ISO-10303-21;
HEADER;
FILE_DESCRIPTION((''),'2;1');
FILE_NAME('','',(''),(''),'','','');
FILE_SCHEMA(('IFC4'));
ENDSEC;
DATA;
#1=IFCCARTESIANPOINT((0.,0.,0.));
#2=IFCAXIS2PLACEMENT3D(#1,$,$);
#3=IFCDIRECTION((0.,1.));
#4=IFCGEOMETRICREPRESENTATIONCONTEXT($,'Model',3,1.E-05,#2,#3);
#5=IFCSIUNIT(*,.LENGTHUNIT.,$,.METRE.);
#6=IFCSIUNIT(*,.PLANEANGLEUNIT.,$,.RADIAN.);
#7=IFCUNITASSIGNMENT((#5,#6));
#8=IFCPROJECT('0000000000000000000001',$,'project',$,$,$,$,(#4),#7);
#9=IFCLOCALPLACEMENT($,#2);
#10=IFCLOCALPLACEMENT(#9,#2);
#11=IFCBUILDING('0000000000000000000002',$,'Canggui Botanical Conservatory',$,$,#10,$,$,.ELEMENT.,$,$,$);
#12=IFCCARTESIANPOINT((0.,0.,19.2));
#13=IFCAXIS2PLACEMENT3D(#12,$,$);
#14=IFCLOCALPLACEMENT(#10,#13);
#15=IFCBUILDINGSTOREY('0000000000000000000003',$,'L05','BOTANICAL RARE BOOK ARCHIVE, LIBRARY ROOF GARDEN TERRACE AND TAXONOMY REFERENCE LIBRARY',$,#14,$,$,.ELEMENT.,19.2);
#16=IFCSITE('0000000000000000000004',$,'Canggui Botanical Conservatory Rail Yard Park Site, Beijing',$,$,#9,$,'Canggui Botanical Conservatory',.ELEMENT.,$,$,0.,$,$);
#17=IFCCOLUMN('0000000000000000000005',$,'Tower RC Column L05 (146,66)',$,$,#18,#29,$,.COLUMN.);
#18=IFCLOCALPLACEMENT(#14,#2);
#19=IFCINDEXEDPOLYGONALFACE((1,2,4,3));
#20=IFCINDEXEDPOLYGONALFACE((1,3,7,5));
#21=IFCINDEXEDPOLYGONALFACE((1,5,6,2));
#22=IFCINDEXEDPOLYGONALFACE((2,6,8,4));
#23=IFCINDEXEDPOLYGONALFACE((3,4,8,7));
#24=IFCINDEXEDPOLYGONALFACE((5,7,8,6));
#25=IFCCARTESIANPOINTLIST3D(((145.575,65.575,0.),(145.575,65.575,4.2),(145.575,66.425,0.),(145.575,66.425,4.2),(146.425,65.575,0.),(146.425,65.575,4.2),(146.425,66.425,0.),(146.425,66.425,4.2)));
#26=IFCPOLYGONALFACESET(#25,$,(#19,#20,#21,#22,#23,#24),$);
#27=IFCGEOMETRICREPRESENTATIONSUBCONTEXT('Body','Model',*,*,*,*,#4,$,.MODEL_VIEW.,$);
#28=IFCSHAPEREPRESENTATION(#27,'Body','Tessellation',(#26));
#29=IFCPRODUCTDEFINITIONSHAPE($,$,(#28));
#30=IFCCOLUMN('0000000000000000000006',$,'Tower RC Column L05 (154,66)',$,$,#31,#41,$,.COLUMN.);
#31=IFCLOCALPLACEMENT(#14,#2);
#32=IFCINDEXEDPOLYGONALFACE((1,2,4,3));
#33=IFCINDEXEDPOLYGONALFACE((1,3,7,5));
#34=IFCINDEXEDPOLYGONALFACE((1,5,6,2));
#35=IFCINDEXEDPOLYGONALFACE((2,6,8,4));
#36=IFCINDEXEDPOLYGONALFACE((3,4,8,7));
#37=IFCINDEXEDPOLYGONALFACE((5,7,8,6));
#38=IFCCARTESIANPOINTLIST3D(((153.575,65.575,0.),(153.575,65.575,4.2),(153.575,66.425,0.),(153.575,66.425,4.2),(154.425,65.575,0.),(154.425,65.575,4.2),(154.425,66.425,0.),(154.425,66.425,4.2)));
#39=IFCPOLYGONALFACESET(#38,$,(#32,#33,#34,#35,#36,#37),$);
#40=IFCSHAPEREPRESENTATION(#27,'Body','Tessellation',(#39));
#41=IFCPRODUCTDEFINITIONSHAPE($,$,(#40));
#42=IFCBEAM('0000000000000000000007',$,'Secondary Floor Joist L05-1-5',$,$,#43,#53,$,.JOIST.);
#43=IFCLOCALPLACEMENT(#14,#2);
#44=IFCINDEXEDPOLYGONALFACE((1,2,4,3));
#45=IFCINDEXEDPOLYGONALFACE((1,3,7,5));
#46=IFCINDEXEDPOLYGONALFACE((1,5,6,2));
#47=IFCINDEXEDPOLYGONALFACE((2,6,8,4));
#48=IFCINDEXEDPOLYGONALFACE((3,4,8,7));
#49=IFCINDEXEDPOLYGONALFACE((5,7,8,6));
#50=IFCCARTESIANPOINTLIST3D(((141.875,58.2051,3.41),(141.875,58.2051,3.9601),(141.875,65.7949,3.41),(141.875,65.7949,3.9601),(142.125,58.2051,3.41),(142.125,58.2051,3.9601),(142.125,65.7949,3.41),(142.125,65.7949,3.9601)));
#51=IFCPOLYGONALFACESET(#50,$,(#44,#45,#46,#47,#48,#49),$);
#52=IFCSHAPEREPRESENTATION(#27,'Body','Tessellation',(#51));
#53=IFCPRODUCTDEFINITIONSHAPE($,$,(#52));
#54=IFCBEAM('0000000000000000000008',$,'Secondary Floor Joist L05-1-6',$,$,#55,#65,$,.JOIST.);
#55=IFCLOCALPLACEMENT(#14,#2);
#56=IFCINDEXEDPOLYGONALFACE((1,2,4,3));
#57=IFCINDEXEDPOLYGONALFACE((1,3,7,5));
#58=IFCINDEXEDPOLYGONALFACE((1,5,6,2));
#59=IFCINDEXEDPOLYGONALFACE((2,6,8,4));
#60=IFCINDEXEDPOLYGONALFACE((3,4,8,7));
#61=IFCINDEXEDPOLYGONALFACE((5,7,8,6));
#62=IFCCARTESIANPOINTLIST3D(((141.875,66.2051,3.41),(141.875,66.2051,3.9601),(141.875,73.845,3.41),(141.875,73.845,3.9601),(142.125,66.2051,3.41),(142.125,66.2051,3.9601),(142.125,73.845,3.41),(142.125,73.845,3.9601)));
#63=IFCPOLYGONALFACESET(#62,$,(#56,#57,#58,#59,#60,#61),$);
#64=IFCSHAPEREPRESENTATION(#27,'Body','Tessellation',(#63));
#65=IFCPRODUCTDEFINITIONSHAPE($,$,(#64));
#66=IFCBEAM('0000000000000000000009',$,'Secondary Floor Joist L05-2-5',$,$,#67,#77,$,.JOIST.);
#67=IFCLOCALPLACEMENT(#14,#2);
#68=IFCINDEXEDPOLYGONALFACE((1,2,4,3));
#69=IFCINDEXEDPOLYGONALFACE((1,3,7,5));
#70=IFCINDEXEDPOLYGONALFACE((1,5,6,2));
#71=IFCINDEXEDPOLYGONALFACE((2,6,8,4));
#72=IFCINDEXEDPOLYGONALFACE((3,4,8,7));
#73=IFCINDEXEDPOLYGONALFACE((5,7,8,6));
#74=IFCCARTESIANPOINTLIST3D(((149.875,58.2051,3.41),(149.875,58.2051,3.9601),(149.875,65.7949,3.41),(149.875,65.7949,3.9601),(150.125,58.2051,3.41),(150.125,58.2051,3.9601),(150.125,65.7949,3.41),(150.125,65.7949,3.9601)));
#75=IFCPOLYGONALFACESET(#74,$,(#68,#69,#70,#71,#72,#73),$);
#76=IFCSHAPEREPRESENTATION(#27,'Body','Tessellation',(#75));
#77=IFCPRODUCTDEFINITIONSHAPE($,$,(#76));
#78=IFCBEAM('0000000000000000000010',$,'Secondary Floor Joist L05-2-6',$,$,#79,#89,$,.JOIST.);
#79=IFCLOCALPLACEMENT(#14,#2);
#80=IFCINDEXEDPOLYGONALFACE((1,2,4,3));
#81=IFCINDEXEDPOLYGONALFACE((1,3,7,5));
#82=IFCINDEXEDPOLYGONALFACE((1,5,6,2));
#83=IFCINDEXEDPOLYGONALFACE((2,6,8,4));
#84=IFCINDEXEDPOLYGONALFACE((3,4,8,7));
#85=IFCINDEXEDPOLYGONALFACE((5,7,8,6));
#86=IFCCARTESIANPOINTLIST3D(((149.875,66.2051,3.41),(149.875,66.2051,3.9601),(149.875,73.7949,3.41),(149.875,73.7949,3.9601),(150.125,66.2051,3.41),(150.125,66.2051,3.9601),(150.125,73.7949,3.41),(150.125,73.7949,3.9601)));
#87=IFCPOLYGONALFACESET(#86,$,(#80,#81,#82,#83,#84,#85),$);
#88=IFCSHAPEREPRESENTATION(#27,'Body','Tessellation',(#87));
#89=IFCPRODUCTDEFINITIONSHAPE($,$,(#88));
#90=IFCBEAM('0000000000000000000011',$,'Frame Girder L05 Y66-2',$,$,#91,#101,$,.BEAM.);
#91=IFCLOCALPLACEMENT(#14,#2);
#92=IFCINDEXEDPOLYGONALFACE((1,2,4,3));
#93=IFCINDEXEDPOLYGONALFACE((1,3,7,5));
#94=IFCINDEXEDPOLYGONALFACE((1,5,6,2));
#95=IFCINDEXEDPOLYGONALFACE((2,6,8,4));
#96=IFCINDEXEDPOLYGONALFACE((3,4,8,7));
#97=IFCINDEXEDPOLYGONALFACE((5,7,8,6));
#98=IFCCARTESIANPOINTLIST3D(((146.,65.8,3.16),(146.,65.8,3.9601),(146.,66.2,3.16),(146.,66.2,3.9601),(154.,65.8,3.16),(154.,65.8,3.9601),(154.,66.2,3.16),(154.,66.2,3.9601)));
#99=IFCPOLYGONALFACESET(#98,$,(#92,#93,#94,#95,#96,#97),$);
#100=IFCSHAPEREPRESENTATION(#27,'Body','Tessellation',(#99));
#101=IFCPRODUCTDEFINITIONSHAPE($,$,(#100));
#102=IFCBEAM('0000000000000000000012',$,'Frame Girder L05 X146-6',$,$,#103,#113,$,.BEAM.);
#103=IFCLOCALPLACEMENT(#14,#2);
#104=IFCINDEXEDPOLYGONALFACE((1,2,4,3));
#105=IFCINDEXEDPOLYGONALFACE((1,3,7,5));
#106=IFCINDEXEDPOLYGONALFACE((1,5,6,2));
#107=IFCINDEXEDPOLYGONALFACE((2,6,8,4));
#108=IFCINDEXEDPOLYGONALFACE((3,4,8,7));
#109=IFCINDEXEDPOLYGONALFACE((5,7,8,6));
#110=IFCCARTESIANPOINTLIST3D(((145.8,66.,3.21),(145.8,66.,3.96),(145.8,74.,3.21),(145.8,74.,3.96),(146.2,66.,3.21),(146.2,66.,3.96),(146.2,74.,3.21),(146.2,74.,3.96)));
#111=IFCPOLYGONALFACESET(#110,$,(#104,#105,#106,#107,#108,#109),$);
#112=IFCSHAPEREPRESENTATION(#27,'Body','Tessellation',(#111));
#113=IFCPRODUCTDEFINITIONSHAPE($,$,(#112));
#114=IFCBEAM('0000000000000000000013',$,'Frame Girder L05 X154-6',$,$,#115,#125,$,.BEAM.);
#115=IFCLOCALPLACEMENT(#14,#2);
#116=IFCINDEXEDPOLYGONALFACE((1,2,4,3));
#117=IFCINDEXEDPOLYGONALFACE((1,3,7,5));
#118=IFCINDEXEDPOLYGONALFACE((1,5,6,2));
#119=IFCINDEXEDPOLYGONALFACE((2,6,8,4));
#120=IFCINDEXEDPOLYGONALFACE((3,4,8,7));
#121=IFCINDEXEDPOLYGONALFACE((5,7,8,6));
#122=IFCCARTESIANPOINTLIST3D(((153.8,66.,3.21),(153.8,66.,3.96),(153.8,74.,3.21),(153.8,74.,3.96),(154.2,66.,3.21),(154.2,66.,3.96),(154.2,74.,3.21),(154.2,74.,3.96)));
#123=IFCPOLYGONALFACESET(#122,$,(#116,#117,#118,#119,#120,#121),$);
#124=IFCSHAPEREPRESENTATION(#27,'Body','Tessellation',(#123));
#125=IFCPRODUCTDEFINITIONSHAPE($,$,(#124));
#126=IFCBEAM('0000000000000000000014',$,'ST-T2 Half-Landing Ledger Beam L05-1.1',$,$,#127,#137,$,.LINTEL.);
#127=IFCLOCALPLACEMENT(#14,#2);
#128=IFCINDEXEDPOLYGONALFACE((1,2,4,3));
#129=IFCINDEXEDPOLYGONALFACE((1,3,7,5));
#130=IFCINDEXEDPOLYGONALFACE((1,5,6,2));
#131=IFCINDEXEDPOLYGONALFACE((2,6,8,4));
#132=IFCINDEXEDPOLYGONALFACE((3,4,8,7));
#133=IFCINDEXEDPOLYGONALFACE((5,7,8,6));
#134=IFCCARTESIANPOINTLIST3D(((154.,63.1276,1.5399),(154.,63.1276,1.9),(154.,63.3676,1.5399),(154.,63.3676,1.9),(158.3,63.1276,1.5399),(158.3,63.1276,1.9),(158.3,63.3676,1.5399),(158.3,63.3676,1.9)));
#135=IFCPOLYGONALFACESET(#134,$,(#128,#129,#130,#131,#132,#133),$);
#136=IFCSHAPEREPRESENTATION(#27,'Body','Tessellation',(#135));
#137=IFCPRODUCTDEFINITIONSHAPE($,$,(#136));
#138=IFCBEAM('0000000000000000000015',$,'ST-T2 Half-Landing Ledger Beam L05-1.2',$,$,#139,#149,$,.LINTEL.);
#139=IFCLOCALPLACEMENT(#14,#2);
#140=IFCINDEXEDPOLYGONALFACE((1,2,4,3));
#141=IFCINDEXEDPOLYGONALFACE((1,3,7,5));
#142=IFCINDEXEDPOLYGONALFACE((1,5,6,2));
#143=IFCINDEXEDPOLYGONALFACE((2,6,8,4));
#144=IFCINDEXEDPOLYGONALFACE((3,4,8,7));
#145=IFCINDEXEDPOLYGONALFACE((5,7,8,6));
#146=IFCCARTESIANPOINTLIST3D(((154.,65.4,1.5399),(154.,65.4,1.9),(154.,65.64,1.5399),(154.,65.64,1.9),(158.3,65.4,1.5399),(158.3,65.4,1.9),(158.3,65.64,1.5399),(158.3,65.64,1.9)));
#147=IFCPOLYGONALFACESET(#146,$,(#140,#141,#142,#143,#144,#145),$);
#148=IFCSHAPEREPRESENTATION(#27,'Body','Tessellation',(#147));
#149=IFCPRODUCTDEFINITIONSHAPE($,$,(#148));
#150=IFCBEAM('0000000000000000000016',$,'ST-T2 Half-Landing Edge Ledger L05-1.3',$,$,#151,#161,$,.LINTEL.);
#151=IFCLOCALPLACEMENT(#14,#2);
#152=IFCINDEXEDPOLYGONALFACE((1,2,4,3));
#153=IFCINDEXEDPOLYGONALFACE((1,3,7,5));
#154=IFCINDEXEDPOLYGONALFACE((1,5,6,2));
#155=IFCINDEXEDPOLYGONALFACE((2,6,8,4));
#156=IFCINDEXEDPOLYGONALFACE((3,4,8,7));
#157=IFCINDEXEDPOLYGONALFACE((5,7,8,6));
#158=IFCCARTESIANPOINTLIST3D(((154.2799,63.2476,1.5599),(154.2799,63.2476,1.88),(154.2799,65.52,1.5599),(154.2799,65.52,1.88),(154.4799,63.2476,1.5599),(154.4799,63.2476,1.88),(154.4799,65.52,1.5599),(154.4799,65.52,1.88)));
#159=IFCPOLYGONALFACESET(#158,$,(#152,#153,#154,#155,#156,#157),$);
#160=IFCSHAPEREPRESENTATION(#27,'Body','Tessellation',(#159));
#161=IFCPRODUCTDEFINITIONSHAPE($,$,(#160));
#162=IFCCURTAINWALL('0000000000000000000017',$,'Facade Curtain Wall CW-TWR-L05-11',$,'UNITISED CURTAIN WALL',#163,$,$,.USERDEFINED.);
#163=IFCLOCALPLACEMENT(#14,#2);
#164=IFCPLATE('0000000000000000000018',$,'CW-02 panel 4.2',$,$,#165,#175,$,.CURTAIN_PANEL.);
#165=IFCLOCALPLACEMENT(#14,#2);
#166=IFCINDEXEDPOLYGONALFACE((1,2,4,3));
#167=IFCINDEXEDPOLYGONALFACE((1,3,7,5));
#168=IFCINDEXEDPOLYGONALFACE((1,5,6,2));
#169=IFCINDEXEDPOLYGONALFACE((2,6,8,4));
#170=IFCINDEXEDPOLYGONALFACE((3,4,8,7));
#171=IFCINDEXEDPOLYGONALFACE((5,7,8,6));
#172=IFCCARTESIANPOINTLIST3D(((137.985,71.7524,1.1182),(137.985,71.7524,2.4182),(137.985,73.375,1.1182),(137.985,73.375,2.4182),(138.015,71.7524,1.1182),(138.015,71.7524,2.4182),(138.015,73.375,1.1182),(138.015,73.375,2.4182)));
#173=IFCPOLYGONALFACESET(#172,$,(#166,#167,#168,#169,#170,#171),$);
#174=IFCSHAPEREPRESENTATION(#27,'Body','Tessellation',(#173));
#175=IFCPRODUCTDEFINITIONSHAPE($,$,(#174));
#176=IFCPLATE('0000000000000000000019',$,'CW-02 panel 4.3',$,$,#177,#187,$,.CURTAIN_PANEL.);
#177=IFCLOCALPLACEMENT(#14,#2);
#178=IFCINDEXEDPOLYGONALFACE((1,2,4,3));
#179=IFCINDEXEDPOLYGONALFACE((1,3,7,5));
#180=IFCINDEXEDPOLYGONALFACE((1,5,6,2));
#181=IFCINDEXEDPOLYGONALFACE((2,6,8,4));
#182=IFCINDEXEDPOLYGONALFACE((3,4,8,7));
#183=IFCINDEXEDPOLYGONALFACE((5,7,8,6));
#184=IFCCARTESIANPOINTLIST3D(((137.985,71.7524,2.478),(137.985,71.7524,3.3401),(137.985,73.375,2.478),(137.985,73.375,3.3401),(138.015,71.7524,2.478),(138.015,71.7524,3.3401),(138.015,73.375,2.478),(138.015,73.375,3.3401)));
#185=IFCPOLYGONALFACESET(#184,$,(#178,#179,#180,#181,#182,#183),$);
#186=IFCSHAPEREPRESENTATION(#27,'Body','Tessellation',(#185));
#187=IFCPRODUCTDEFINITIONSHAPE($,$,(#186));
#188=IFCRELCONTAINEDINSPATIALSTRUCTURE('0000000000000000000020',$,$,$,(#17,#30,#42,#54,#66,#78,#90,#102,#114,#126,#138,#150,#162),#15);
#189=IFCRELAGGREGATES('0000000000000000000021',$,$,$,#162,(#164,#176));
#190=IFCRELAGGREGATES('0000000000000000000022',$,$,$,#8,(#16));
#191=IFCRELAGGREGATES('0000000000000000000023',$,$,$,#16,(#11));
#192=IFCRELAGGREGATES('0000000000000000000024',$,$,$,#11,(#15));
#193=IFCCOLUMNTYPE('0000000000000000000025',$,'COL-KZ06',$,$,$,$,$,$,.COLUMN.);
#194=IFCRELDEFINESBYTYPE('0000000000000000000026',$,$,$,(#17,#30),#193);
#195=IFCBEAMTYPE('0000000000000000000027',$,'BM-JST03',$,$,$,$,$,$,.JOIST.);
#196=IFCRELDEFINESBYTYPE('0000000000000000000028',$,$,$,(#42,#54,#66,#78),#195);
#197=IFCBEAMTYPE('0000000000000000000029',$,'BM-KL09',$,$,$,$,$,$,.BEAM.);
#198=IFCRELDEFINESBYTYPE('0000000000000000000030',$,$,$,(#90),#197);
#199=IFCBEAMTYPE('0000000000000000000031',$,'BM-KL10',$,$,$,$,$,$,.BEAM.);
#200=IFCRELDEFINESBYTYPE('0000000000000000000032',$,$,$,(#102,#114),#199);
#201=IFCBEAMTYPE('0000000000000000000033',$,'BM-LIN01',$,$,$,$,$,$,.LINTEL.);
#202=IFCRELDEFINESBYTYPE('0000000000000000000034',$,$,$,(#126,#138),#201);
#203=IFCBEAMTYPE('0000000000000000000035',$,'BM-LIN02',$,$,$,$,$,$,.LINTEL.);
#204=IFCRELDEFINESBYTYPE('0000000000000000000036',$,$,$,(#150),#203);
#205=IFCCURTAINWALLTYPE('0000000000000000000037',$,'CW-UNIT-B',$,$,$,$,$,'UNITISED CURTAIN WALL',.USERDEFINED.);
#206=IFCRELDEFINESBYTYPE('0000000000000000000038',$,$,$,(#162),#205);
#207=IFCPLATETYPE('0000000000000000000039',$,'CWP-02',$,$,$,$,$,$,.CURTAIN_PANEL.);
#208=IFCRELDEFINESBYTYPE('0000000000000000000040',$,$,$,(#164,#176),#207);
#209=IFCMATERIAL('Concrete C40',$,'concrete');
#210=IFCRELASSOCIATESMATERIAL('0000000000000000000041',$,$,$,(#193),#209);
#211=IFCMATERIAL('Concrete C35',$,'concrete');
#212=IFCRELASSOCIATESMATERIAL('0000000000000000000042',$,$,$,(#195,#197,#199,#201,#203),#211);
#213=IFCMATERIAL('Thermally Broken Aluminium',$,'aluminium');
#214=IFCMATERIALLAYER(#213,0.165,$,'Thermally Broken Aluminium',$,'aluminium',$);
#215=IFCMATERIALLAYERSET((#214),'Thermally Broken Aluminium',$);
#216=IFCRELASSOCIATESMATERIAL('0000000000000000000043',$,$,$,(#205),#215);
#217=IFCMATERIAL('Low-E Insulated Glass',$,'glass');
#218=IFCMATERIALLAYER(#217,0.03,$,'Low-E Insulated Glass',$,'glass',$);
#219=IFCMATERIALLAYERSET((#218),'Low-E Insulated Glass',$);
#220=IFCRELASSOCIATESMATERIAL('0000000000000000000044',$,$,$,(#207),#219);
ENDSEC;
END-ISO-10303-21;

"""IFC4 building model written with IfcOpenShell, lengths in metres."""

from ifc_helpers import new_model, si_unit, direction, frame, origin, origin_2d, place, context, subcontext, project, spatial, rectangle, extrude, material, layer, layer_set, material_profile, profile_set, type_object, element, aggregate, save


model = new_model("IFC4")

# Units and contexts
model_context = context("Model", 3, precision=1e-05, world=origin(), true_north=direction((0.0, 1.0)))
body_context = subcontext(model_context, "Body", "Model", "MODEL_VIEW")
ifc_project = project(units=[si_unit("LENGTHUNIT", "METRE"), si_unit("PLANEANGLEUNIT", "RADIAN")], contexts=[model_context])

# Site, building, storey
site_placement = place(None, origin())
site = spatial("IfcSite", under=ifc_project, at=site_placement, Name="Canggui Botanical Conservatory Rail Yard Park Site, Beijing", LongName="Canggui Botanical Conservatory", CompositionType="ELEMENT", RefElevation=0.0)
building_placement = place(site_placement, origin())
building = spatial("IfcBuilding", under=site, at=building_placement, Name="Canggui Botanical Conservatory", CompositionType="ELEMENT")
storey_placement = place(building_placement, frame((0.0, 0.0, 19.2)))
storey = spatial("IfcBuildingStorey", under=building, at=storey_placement, Name="L05", Description="BOTANICAL RARE BOOK ARCHIVE, LIBRARY ROOF GARDEN TERRACE AND TAXONOMY REFERENCE LIBRARY", CompositionType="ELEMENT", Elevation=19.2)

# Columns
ifc_material_1 = material(Name="Concrete C40", Category="concrete")
ifc_material_profile_1 = material_profile(ifc_material_1, rectangle(XDim=0.8501, YDim=0.8501, at=origin_2d()), Name="RC 850x850")
ifc_profile_set_1 = profile_set([ifc_material_profile_1], Name="Concrete C40")
column_type = type_object("IfcColumnType", Name="COL-KZ06", PredefinedType="COLUMN", material=ifc_profile_set_1)
for number, where, z_axis, x_axis, name in (
    (1, (146.0, 66.0, 0.0), (0.0, 0.0, 1.0), (1.0, 0.0, 0.0), "Tower RC Column L05 (146,66)"),
    (2, (154.0, 66.0, 0.0), (0.0, 0.0, 1.0), (1.0, 0.0, 0.0), "Tower RC Column L05 (154,66)"),
):
    element("IfcColumn", number, at=place(storey_placement, frame(where, z_axis=z_axis, x_axis=x_axis)), inside=storey, type_object=column_type, Name=name, PredefinedType="COLUMN", context=body_context, shape_type="SweptSolid", body=[
        extrude(rectangle(XDim=0.8501, YDim=0.8501, at=origin_2d()), origin(), (0.0, 0.0, 1.0), 4.2),
    ])

# Beams
ifc_material_2 = material(Name="Concrete C35", Category="concrete")
ifc_material_profile_2 = material_profile(ifc_material_2, rectangle(XDim=0.25, YDim=0.55, at=origin_2d()), Name="RB 250x550")
ifc_profile_set_2 = profile_set([ifc_material_profile_2], Name="Concrete C35")
beam_type_1 = type_object("IfcBeamType", Name="BM-JST03", PredefinedType="JOIST", material=ifc_profile_set_2)
beam_1_placement = place(storey_placement, frame((142.0, 58.2051, 3.6851), z_axis=(0.0, 1.0, 0.0), x_axis=(-1.0, 0.0, 0.0)))
element("IfcBeam", 3, at=beam_1_placement, inside=storey, type_object=beam_type_1, Name="Secondary Floor Joist L05-1-5", PredefinedType="JOIST", context=body_context, shape_type="SweptSolid", body=[
    extrude(rectangle(XDim=0.25, YDim=0.55, at=origin_2d()), origin(), (0.0, 0.0, 1.0), 7.5898),
])
beam_2_placement = place(storey_placement, frame((142.0, 66.2051, 3.6851), z_axis=(0.0, 1.0, 0.0), x_axis=(-1.0, 0.0, 0.0)))
element("IfcBeam", 4, at=beam_2_placement, inside=storey, type_object=beam_type_1, Name="Secondary Floor Joist L05-1-6", PredefinedType="JOIST", context=body_context, shape_type="SweptSolid", body=[
    extrude(rectangle(XDim=0.25, YDim=0.55, at=origin_2d()), origin(), (0.0, 0.0, 1.0), 7.6399),
])
for number, where, z_axis, x_axis, name in (
    (5, (150.0, 58.2051, 3.6851), (0.0, 1.0, 0.0), (-1.0, 0.0, 0.0), "Secondary Floor Joist L05-2-5"),
    (6, (150.0, 66.2051, 3.6851), (0.0, 1.0, 0.0), (-1.0, 0.0, 0.0), "Secondary Floor Joist L05-2-6"),
):
    element("IfcBeam", number, at=place(storey_placement, frame(where, z_axis=z_axis, x_axis=x_axis)), inside=storey, type_object=beam_type_1, Name=name, PredefinedType="JOIST", context=body_context, shape_type="SweptSolid", body=[
        extrude(rectangle(XDim=0.25, YDim=0.55, at=origin_2d()), origin(), (0.0, 0.0, 1.0), 7.5898),
    ])
ifc_material_profile_3 = material_profile(ifc_material_2, rectangle(XDim=0.3999, YDim=0.8, at=origin_2d()), Name="RB 400x800")
ifc_profile_set_3 = profile_set([ifc_material_profile_3], Name="Concrete C35")
beam_type_2 = type_object("IfcBeamType", Name="BM-KL09", PredefinedType="BEAM", material=ifc_profile_set_3)
beam_3_placement = place(storey_placement, frame((146.0, 66.0, 3.5601), z_axis=(1.0, 0.0, 0.0), x_axis=(0.0, 1.0, 0.0)))
element("IfcBeam", 7, at=beam_3_placement, inside=storey, type_object=beam_type_2, Name="Frame Girder L05 Y66-2", PredefinedType="BEAM", context=body_context, shape_type="SweptSolid", body=[
    extrude(rectangle(XDim=0.3999, YDim=0.8, at=origin_2d()), origin(), (0.0, 0.0, 1.0), 8.0),
])
ifc_material_profile_4 = material_profile(ifc_material_2, rectangle(XDim=0.3999, YDim=0.75, at=origin_2d()), Name="RB 400x750")
ifc_profile_set_4 = profile_set([ifc_material_profile_4], Name="Concrete C35")
beam_type_3 = type_object("IfcBeamType", Name="BM-KL10", PredefinedType="BEAM", material=ifc_profile_set_4)
for number, where, z_axis, x_axis, name in (
    (8, (146.0, 66.0, 3.585), (0.0, 1.0, 0.0), (-1.0, 0.0, 0.0), "Frame Girder L05 X146-6"),
    (9, (154.0, 66.0, 3.585), (0.0, 1.0, 0.0), (-1.0, 0.0, 0.0), "Frame Girder L05 X154-6"),
):
    element("IfcBeam", number, at=place(storey_placement, frame(where, z_axis=z_axis, x_axis=x_axis)), inside=storey, type_object=beam_type_3, Name=name, PredefinedType="BEAM", context=body_context, shape_type="SweptSolid", body=[
        extrude(rectangle(XDim=0.3999, YDim=0.75, at=origin_2d()), origin(), (0.0, 0.0, 1.0), 8.0),
    ])
ifc_material_profile_5 = material_profile(ifc_material_2, rectangle(XDim=0.24, YDim=0.3601, at=origin_2d()), Name="RB 240x360")
ifc_profile_set_5 = profile_set([ifc_material_profile_5], Name="Concrete C35")
beam_type_4 = type_object("IfcBeamType", Name="BM-LIN01", PredefinedType="LINTEL", material=ifc_profile_set_5)
for number, where, z_axis, x_axis, name in (
    (10, (154.0, 63.2476, 1.72), (1.0, 0.0, 0.0), (0.0, 1.0, 0.0), "ST-T2 Half-Landing Ledger Beam L05-1.1"),
    (11, (154.0, 65.52, 1.72), (1.0, 0.0, 0.0), (0.0, 1.0, 0.0), "ST-T2 Half-Landing Ledger Beam L05-1.2"),
):
    element("IfcBeam", number, at=place(storey_placement, frame(where, z_axis=z_axis, x_axis=x_axis)), inside=storey, type_object=beam_type_4, Name=name, PredefinedType="LINTEL", context=body_context, shape_type="SweptSolid", body=[
        extrude(rectangle(XDim=0.24, YDim=0.3601, at=origin_2d()), origin(), (0.0, 0.0, 1.0), 4.3),
    ])
ifc_material_profile_6 = material_profile(ifc_material_2, rectangle(XDim=0.2, YDim=0.3201, at=origin_2d()), Name="RB 200x320")
ifc_profile_set_6 = profile_set([ifc_material_profile_6], Name="Concrete C35")
beam_type_5 = type_object("IfcBeamType", Name="BM-LIN02", PredefinedType="LINTEL", material=ifc_profile_set_6)
beam_4_placement = place(storey_placement, frame((154.3799, 63.2476, 1.72), z_axis=(0.0, 1.0, 0.0), x_axis=(-1.0, 0.0, 0.0)))
element("IfcBeam", 12, at=beam_4_placement, inside=storey, type_object=beam_type_5, Name="ST-T2 Half-Landing Edge Ledger L05-1.3", PredefinedType="LINTEL", context=body_context, shape_type="SweptSolid", body=[
    extrude(rectangle(XDim=0.2, YDim=0.3201, at=origin_2d()), origin(), (0.0, 0.0, 1.0), 2.2725),
])

# Curtain wall, plates
ifc_material_3 = material(Name="Thermally Broken Aluminium", Category="aluminium")
ifc_layer_1 = layer(ifc_material_3, 0.165, Name="Thermally Broken Aluminium", Category="aluminium")
ifc_layer_set_1 = layer_set([ifc_layer_1], Name="Thermally Broken Aluminium")
curtain_wall_type = type_object("IfcCurtainWallType", Name="CW-UNIT-B", ElementType="UNITISED CURTAIN WALL", PredefinedType="USERDEFINED", material=ifc_layer_set_1)
curtain_wall_placement = place(storey_placement, origin())
curtain_wall = element("IfcCurtainWall", 13, at=curtain_wall_placement, inside=storey, type_object=curtain_wall_type, Name="Facade Curtain Wall CW-TWR-L05-11", ObjectType="UNITISED CURTAIN WALL", PredefinedType="USERDEFINED")
ifc_material_4 = material(Name="Low-E Insulated Glass", Category="glass")
ifc_layer_2 = layer(ifc_material_4, 0.03, Name="Low-E Insulated Glass", Category="glass")
ifc_layer_set_2 = layer_set([ifc_layer_2], Name="Low-E Insulated Glass")
plate_type = type_object("IfcPlateType", Name="CWP-02", PredefinedType="CURTAIN_PANEL", material=ifc_layer_set_2)
plate_1_placement = place(storey_placement, frame((138.0, 72.5637, 1.1182), z_axis=(0.0, 0.0, 1.0), x_axis=(0.0, 1.0, 0.0)))
plate_1 = element("IfcPlate", 14, at=plate_1_placement, type_object=plate_type, Name="CW-02 panel 4.2", PredefinedType="CURTAIN_PANEL", context=body_context, shape_type="SweptSolid", body=[
    extrude(rectangle(XDim=1.6226, YDim=0.03, at=origin_2d()), origin(), (0.0, 0.0, 1.0), 1.3),
])
plate_2_placement = place(storey_placement, frame((138.0, 72.5637, 2.478), z_axis=(0.0, 0.0, 1.0), x_axis=(0.0, 1.0, 0.0)))
plate_2 = element("IfcPlate", 15, at=plate_2_placement, type_object=plate_type, Name="CW-02 panel 4.3", PredefinedType="CURTAIN_PANEL", context=body_context, shape_type="SweptSolid", body=[
    extrude(rectangle(XDim=1.6226, YDim=0.03, at=origin_2d()), origin(), (0.0, 0.0, 1.0), 0.8621),
])
aggregate(curtain_wall, [plate_1, plate_2])

save(model, "model.ifc")
